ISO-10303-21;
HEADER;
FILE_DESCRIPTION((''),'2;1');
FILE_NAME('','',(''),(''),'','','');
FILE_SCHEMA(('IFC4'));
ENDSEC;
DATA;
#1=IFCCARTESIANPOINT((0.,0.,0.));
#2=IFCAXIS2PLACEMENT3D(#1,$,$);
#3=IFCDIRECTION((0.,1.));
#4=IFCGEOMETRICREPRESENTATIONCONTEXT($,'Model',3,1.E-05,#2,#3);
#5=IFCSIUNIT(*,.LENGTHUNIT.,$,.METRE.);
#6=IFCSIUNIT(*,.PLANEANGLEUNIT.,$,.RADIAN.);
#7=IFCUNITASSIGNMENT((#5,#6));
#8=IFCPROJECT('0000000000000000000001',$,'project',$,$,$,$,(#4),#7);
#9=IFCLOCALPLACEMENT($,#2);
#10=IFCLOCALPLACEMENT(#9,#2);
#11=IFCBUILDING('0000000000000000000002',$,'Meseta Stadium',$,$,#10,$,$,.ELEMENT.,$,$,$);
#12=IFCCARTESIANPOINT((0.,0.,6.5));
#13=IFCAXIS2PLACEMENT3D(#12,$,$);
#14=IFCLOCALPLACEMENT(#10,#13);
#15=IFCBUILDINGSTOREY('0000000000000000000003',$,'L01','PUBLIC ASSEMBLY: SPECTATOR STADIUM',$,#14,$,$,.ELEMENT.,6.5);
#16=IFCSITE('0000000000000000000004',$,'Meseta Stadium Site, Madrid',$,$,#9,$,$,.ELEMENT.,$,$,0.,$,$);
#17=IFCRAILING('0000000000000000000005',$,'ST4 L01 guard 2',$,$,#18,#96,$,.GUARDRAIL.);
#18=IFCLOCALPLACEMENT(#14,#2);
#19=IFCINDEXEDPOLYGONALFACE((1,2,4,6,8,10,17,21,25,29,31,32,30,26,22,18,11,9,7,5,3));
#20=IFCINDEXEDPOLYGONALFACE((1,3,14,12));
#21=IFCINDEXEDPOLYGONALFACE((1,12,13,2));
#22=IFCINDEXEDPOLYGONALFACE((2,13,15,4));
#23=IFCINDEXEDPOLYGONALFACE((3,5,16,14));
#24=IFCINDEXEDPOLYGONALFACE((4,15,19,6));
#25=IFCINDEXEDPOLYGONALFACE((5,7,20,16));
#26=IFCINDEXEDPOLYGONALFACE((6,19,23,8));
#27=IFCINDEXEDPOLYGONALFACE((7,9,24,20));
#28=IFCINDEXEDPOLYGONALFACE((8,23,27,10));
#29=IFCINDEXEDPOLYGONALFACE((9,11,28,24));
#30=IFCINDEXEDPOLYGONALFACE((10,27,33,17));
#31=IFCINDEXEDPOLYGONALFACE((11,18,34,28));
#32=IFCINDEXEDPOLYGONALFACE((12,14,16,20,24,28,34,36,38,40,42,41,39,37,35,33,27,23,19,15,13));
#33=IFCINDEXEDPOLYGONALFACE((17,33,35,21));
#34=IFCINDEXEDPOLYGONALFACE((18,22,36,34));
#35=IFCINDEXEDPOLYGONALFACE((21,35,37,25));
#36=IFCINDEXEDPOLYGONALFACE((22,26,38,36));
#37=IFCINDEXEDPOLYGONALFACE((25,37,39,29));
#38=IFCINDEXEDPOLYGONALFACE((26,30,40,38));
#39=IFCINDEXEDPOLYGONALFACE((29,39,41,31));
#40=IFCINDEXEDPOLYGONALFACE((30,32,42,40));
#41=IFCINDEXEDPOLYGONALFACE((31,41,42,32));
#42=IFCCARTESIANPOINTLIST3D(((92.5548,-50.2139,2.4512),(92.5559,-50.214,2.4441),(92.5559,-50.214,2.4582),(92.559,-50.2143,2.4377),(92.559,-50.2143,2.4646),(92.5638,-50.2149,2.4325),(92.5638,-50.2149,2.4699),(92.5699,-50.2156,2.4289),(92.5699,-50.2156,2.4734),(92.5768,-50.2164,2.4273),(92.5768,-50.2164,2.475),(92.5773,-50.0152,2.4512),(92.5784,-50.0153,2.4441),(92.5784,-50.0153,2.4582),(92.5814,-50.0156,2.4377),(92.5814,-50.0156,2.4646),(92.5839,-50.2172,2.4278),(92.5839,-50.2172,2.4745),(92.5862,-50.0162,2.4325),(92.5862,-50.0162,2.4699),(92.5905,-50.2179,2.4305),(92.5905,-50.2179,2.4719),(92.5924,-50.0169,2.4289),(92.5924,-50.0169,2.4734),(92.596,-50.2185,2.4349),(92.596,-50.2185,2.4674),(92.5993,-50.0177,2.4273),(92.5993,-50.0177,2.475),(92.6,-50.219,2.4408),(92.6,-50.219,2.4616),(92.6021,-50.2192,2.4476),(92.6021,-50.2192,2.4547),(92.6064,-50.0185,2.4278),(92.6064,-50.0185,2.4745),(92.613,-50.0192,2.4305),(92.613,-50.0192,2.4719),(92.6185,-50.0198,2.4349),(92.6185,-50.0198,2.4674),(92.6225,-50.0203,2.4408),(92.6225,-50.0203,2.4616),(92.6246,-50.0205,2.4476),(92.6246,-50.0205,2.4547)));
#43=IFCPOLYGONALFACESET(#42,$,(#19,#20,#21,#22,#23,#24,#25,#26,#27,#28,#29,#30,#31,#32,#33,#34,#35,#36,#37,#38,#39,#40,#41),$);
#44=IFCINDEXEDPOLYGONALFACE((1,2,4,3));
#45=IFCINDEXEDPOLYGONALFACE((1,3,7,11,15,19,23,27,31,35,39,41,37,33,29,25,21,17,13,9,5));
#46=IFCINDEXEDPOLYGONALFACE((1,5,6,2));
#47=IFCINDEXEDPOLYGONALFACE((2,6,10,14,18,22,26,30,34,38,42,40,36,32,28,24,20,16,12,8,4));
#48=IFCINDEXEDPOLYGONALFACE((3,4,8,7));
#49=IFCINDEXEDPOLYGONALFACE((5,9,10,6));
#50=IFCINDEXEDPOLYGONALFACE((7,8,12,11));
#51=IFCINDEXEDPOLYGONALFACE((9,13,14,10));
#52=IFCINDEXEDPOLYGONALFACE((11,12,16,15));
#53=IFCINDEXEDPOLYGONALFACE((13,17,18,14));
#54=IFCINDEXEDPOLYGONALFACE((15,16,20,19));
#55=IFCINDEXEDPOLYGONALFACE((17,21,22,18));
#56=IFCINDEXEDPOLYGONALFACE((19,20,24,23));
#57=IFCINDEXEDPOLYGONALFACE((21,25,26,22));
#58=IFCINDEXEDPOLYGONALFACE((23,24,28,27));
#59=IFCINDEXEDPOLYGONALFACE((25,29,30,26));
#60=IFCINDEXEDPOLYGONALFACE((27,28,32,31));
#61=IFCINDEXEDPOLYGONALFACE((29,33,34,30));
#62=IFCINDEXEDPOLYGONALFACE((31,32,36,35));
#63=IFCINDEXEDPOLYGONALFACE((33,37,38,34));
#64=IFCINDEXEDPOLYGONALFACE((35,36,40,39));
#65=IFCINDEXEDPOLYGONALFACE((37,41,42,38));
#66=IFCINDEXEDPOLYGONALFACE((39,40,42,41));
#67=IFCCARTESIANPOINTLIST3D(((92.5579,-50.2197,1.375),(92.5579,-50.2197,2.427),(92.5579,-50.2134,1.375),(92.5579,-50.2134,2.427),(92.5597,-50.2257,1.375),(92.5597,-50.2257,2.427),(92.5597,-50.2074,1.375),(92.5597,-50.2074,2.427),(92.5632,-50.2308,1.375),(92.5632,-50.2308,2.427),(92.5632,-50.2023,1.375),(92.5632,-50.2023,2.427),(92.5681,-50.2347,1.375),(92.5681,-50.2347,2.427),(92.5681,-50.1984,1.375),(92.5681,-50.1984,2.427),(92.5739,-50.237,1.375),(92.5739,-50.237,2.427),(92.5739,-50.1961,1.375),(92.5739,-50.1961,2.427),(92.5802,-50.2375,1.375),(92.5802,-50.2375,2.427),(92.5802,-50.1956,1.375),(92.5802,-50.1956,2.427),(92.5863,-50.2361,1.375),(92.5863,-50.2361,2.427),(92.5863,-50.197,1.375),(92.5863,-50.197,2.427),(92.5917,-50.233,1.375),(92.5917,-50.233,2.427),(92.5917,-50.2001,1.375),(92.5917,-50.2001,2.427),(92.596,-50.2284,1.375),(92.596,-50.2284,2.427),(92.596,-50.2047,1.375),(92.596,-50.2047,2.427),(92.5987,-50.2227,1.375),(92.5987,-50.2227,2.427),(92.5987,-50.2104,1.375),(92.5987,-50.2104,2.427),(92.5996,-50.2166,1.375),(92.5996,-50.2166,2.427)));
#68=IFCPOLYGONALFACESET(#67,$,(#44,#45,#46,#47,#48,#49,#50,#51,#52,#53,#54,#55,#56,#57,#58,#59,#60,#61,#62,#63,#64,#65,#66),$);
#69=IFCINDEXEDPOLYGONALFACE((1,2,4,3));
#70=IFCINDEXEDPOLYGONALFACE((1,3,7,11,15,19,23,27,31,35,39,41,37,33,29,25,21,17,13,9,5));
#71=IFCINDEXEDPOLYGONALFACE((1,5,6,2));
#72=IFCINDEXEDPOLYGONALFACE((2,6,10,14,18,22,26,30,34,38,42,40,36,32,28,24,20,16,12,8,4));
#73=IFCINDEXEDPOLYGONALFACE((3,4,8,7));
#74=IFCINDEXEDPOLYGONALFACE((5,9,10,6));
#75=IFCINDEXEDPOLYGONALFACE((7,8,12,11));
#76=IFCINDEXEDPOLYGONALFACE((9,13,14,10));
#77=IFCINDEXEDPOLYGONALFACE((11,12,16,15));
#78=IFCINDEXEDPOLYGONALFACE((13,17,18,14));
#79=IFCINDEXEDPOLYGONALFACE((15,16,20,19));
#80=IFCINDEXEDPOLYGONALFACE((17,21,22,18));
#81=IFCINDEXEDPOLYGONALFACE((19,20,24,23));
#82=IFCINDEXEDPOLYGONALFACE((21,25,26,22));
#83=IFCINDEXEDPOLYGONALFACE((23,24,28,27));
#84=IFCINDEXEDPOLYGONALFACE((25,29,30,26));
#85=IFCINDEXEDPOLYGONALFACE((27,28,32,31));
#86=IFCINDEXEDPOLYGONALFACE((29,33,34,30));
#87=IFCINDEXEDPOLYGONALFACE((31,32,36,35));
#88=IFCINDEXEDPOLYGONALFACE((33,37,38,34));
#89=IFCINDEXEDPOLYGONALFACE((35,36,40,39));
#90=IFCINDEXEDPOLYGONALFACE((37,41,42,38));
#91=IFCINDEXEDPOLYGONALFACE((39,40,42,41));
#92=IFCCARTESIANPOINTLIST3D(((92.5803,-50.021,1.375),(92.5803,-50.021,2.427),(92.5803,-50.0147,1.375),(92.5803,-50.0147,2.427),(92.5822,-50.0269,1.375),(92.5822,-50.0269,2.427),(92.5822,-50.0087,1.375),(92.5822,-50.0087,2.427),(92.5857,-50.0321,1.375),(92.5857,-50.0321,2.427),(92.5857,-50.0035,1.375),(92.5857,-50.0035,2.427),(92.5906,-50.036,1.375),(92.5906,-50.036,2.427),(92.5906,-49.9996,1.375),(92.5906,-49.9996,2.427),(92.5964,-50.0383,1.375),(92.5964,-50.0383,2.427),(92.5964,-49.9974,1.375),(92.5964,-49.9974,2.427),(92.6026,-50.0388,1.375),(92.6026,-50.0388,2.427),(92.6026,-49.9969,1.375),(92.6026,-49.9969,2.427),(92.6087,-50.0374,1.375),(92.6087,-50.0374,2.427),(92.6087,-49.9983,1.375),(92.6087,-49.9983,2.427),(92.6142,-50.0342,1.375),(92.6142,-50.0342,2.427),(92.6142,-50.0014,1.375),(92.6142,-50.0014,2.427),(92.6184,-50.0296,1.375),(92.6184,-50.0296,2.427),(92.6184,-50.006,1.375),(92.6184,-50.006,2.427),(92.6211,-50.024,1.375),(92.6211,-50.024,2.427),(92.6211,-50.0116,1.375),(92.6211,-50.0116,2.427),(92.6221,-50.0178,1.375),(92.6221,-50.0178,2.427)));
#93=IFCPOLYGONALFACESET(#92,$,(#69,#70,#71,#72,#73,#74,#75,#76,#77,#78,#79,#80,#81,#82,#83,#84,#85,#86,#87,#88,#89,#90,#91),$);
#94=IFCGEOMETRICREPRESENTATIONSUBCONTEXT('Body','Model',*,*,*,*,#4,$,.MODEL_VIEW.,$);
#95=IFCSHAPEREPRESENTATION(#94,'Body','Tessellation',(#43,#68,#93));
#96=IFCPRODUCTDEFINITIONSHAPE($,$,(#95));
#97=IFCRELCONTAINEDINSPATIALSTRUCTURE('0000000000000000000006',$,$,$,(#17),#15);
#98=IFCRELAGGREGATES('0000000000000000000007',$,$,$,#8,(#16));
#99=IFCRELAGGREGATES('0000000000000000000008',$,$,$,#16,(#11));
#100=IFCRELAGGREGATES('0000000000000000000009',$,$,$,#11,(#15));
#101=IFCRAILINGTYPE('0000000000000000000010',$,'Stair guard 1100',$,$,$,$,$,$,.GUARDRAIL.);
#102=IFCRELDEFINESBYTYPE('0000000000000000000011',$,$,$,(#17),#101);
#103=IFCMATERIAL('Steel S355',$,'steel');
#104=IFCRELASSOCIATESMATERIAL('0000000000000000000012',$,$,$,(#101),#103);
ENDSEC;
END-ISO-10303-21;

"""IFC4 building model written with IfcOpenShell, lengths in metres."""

from ifc_helpers import new_model, si_unit, direction, frame, origin, origin_2d, place, context, subcontext, project, spatial, circle, extrude, material, type_object, element, save


model = new_model("IFC4")

# Units and contexts
model_context = context("Model", 3, precision=1e-05, world=origin(), true_north=direction((0.0, 1.0)))
body_context = subcontext(model_context, "Body", "Model", "MODEL_VIEW")
ifc_project = project(units=[si_unit("LENGTHUNIT", "METRE"), si_unit("PLANEANGLEUNIT", "RADIAN")], contexts=[model_context])

# Site, building, storey
site_placement = place(None, origin())
site = spatial("IfcSite", under=ifc_project, at=site_placement, Name="Meseta Stadium Site, Madrid", CompositionType="ELEMENT", RefElevation=0.0)
building_placement = place(site_placement, origin())
building = spatial("IfcBuilding", under=site, at=building_placement, Name="Meseta Stadium", CompositionType="ELEMENT")
storey_placement = place(building_placement, frame((0.0, 0.0, 6.5)))
storey = spatial("IfcBuildingStorey", under=building, at=storey_placement, Name="L01", Description="PUBLIC ASSEMBLY: SPECTATOR STADIUM", CompositionType="ELEMENT", Elevation=6.5)

# Railing
ifc_material_1 = material(Name="Steel S355", Category="steel")
railing_type_1 = type_object("IfcRailingType", Name="Stair guard 1100", PredefinedType="GUARDRAIL", material=ifc_material_1)
railing_1_placement = place(storey_placement, frame((92.5786, -50.2166, 1.375)))
element("IfcRailing", 1, at=railing_1_placement, inside=storey, type_object=railing_type_1, Name="ST4 L01 guard 2", PredefinedType="GUARDRAIL", context=body_context, shape_type="SweptSolid", body=[
    extrude(circle(Radius=0.0239, at=origin_2d()), frame((0.0, 0.0, 1.0762), z_axis=(0.112307, 0.993674, 0.0), x_axis=(-0.993674, 0.112307, 0.0)), (0.0, 0.0, 1.0), 0.2),
    extrude(circle(Radius=0.021, at=origin_2d()), origin(), (0.0, 0.0, 1.0), 1.052),
    extrude(circle(Radius=0.021, at=origin_2d()), frame((0.0225, 0.1987, 0.0)), (0.0, 0.0, 1.0), 1.052),
])

save(model, "model.ifc")
